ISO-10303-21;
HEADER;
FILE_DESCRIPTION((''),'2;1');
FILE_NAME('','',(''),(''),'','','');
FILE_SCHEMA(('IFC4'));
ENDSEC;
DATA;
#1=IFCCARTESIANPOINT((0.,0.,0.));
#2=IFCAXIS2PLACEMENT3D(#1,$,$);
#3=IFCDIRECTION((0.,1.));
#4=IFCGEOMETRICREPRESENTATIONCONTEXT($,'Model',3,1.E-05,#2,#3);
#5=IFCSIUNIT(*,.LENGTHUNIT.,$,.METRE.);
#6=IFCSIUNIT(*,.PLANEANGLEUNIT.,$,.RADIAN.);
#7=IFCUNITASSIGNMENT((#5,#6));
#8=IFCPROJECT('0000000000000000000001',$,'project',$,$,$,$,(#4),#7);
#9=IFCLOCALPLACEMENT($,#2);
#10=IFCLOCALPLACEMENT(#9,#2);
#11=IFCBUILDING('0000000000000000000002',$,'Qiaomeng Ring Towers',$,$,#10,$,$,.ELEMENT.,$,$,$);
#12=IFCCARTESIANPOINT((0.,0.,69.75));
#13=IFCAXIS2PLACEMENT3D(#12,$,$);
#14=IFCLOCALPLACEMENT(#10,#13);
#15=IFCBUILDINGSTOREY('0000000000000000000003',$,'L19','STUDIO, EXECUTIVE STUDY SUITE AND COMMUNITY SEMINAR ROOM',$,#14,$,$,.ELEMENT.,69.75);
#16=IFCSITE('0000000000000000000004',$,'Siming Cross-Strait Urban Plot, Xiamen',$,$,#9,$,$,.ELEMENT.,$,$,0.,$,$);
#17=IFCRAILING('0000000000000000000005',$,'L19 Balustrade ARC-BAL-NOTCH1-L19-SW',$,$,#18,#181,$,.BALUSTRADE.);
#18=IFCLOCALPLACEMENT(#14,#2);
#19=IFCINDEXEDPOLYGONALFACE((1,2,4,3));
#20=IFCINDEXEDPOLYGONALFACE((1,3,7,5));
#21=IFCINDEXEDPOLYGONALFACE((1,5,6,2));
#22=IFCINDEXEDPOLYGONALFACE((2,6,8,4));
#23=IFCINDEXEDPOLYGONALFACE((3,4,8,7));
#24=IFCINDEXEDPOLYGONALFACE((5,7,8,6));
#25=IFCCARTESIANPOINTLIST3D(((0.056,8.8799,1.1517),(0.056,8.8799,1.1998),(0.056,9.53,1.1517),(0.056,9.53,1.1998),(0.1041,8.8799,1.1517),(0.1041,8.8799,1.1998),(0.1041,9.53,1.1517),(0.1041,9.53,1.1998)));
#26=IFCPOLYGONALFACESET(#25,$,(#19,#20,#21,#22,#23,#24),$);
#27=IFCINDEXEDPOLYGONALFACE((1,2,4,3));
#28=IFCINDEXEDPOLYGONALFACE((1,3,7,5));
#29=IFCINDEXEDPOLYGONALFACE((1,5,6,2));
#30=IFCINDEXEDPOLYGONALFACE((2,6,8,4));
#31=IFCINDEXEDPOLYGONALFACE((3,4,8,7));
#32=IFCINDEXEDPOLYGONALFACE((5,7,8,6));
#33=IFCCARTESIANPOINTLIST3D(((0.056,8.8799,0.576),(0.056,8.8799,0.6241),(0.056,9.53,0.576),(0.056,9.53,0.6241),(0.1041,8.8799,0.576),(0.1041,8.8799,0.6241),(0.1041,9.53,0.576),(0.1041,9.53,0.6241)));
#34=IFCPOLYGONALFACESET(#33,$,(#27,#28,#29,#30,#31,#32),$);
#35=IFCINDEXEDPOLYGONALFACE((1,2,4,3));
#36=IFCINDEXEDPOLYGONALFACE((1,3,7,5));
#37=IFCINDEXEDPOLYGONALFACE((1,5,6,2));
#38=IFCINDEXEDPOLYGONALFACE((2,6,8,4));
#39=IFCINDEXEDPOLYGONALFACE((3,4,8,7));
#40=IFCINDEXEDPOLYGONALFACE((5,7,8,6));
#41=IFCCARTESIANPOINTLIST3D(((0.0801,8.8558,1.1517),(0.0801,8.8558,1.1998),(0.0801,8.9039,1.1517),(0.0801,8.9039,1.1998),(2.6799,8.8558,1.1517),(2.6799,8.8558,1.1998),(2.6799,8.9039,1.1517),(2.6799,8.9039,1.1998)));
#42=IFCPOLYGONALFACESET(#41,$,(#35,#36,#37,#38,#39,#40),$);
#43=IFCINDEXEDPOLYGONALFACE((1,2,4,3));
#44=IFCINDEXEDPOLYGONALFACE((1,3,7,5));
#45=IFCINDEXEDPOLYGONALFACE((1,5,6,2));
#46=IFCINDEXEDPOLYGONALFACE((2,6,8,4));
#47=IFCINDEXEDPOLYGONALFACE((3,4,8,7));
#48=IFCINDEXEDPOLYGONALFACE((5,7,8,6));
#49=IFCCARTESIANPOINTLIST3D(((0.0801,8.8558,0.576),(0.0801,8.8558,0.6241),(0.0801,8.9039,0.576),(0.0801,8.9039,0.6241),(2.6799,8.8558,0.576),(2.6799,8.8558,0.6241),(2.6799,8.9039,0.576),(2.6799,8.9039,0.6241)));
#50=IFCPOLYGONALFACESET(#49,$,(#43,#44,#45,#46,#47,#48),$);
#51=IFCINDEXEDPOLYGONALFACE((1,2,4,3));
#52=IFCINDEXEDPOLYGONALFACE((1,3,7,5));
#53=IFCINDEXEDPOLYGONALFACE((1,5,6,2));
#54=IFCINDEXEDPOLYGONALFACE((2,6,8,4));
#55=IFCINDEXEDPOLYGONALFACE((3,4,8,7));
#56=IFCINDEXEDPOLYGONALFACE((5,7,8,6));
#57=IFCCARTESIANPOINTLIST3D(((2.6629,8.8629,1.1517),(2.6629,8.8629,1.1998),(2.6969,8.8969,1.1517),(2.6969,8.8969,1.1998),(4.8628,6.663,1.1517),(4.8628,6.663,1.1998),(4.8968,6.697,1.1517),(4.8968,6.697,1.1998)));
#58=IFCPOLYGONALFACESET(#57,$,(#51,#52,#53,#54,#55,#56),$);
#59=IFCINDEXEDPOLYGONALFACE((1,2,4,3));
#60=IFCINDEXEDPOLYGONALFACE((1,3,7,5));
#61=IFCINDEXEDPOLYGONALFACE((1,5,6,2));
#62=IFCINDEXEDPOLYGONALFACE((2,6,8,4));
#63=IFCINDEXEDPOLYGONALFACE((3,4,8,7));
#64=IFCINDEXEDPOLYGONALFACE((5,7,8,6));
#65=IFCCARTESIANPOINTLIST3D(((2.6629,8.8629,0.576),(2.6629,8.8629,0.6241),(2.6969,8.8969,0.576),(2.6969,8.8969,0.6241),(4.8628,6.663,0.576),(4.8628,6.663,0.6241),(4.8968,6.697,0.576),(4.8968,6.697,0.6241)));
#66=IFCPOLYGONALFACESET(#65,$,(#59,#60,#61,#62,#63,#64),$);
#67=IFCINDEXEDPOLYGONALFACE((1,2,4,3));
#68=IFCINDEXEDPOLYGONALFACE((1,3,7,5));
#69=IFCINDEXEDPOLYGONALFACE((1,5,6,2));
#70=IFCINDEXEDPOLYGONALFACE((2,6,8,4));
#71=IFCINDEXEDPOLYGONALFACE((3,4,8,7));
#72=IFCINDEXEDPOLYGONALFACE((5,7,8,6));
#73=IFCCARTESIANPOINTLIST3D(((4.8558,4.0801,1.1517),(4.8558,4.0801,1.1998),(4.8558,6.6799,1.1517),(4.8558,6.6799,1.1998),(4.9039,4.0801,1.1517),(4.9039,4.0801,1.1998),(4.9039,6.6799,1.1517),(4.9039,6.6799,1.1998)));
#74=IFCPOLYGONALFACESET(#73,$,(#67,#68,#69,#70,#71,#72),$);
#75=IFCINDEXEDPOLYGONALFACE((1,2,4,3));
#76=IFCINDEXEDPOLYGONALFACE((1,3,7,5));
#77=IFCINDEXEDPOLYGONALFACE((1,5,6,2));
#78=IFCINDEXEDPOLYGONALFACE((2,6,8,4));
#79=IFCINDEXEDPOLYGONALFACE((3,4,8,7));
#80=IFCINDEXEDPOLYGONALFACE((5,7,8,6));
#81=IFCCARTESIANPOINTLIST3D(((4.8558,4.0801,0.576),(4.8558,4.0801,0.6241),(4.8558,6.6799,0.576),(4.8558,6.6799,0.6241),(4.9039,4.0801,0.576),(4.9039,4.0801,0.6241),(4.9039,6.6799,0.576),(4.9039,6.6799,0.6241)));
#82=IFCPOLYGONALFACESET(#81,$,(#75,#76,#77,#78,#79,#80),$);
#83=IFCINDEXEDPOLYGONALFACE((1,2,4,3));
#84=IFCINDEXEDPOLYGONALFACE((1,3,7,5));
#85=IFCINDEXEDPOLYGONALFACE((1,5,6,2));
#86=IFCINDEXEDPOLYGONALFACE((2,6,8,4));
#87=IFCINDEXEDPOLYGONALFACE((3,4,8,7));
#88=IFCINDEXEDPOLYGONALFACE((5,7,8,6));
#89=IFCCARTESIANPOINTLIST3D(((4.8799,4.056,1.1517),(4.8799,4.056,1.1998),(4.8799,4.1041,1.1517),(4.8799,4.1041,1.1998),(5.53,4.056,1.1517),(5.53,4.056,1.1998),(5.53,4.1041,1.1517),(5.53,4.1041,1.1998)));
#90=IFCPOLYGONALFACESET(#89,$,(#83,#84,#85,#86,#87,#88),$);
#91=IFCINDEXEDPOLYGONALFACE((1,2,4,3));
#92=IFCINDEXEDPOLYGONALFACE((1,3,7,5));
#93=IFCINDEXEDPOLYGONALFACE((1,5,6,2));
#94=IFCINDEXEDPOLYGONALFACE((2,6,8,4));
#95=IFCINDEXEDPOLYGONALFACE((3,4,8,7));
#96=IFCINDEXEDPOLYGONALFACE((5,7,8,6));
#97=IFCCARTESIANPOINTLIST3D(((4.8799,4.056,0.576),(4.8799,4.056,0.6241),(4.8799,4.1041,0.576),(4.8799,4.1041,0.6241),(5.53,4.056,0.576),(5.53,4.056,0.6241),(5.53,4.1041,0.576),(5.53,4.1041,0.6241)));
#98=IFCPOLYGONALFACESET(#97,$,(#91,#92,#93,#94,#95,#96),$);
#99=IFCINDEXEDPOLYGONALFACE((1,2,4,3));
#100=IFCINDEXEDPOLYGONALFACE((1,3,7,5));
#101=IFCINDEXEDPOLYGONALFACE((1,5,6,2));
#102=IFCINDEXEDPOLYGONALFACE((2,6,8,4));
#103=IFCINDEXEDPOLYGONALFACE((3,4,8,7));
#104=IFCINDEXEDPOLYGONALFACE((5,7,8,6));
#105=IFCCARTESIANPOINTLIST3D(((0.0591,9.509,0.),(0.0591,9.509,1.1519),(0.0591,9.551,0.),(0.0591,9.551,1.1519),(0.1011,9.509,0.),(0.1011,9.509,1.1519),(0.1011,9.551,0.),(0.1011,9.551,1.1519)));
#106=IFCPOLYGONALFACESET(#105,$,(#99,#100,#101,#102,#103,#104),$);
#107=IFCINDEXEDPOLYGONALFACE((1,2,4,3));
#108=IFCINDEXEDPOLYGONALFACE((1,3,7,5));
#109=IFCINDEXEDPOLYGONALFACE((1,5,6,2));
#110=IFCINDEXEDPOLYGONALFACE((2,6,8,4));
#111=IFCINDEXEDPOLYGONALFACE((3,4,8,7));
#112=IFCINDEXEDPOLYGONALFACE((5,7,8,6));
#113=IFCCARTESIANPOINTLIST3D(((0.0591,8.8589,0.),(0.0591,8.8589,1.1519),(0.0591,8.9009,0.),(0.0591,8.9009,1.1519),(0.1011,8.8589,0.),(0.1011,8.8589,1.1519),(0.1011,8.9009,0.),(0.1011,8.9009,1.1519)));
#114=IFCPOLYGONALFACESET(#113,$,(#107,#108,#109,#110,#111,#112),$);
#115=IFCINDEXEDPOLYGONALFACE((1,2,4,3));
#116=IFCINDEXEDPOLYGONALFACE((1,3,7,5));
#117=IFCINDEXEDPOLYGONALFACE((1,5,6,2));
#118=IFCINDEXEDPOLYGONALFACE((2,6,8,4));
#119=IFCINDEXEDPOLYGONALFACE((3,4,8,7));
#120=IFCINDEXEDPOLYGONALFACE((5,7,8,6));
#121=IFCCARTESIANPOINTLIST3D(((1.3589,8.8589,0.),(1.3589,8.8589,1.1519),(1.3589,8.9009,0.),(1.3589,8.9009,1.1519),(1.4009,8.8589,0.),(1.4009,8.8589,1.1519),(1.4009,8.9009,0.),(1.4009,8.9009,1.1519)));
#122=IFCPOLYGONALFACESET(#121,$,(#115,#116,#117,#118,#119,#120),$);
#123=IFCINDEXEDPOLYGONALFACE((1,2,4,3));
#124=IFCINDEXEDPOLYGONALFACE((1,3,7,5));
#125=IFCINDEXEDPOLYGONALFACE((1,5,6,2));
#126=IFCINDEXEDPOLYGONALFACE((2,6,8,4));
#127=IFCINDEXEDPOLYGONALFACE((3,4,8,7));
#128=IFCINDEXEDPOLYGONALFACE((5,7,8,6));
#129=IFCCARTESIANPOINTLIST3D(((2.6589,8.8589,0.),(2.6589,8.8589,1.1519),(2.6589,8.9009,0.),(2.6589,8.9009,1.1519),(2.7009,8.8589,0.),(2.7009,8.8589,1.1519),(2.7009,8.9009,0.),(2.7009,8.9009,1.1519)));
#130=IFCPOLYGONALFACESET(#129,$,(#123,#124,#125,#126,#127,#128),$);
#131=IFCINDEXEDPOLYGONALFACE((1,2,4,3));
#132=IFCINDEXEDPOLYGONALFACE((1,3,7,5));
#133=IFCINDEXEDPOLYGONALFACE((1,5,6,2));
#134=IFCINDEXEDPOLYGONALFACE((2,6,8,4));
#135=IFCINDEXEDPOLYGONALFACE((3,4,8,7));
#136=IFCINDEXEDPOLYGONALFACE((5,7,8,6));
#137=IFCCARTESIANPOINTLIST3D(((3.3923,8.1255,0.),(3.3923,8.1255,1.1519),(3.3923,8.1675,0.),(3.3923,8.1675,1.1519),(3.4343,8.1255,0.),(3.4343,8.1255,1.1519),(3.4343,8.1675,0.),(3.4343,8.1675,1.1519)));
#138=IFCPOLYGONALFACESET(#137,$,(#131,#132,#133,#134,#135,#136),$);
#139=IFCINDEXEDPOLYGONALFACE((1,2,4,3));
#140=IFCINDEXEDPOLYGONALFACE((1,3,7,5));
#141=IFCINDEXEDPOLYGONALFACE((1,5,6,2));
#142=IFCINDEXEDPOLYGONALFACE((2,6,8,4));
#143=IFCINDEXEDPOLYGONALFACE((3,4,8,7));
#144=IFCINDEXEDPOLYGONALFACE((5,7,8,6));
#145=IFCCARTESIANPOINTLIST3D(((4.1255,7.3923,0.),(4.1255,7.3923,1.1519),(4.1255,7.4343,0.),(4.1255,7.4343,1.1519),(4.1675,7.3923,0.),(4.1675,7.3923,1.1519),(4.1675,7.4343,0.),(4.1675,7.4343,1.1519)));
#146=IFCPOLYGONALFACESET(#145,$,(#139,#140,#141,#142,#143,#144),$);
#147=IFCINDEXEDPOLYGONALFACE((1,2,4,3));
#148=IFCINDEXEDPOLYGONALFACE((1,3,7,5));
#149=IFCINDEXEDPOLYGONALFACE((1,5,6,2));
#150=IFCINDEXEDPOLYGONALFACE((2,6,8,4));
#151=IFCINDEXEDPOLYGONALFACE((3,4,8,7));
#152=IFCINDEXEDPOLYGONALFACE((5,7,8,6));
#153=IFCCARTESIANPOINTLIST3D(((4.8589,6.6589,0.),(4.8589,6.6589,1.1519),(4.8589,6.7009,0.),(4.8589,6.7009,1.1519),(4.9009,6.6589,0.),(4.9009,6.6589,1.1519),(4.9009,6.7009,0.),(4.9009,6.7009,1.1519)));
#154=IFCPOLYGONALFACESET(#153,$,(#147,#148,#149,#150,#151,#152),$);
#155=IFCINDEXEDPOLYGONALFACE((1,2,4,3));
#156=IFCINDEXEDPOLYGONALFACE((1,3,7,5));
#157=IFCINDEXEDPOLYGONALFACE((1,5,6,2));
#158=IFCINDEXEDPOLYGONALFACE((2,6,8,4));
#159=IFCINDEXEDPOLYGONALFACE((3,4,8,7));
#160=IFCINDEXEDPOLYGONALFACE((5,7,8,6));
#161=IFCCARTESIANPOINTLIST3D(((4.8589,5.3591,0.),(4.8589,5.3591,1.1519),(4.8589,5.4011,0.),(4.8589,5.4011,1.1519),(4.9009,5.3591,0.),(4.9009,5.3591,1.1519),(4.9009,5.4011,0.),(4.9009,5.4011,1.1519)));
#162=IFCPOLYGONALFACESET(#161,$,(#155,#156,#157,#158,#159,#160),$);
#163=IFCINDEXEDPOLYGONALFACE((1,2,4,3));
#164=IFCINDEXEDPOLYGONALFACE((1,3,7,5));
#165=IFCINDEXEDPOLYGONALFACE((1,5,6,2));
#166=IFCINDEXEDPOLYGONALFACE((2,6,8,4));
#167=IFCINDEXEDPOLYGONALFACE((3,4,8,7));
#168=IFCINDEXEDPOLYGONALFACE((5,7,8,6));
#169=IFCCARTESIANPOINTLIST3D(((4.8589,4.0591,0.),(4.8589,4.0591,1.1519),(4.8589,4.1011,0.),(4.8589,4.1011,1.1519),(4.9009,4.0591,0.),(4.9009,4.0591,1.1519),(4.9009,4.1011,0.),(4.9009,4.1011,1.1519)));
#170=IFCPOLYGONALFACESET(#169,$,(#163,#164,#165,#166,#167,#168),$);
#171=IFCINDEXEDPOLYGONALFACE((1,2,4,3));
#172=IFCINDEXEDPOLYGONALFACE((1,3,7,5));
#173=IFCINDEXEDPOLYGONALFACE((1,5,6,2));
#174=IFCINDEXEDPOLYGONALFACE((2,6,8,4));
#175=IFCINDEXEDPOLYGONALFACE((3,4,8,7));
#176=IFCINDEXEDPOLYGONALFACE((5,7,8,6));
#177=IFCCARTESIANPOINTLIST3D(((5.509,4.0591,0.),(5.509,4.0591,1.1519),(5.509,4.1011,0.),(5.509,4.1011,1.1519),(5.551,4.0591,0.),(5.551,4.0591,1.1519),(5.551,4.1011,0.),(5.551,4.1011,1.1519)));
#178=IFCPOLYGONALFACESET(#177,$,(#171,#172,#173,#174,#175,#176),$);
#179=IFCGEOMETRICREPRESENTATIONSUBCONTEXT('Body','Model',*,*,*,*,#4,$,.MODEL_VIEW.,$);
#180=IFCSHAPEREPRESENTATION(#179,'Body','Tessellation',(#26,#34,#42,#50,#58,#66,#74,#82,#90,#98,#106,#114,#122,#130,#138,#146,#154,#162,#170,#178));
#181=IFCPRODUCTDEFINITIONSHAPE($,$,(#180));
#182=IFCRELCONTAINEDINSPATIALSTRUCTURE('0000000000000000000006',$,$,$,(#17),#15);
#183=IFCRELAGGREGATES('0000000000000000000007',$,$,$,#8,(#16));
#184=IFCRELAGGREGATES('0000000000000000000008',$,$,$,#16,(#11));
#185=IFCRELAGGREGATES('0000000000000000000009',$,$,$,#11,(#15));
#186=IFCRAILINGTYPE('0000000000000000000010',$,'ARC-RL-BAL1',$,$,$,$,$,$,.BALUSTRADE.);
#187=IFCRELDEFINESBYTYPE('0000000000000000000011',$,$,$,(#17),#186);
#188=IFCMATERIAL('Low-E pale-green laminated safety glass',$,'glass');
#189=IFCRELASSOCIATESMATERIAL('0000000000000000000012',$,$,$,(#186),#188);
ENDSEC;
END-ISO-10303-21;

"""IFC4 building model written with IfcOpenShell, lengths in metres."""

from ifc_helpers import new_model, si_unit, direction, frame, origin, origin_2d, place, context, subcontext, project, spatial, rectangle, extrude, material, type_object, element, save


model = new_model("IFC4")

# Units and contexts
model_context = context("Model", 3, precision=1e-05, world=origin(), true_north=direction((0.0, 1.0)))
body_context = subcontext(model_context, "Body", "Model", "MODEL_VIEW")
ifc_project = project(units=[si_unit("LENGTHUNIT", "METRE"), si_unit("PLANEANGLEUNIT", "RADIAN")], contexts=[model_context])

# Site, building, storey
site_placement = place(None, origin())
site = spatial("IfcSite", under=ifc_project, at=site_placement, Name="Siming Cross-Strait Urban Plot, Xiamen", CompositionType="ELEMENT", RefElevation=0.0)
building_placement = place(site_placement, origin())
building = spatial("IfcBuilding", under=site, at=building_placement, Name="Qiaomeng Ring Towers", CompositionType="ELEMENT")
storey_placement = place(building_placement, frame((0.0, 0.0, 69.75)))
storey = spatial("IfcBuildingStorey", under=building, at=storey_placement, Name="L19", Description="STUDIO, EXECUTIVE STUDY SUITE AND COMMUNITY SEMINAR ROOM", CompositionType="ELEMENT", Elevation=69.75)

# Railing
ifc_material_1 = material(Name="Low-E pale-green laminated safety glass", Category="glass")
railing_type = type_object("IfcRailingType", Name="ARC-RL-BAL1", PredefinedType="BALUSTRADE", material=ifc_material_1)
railing_1_placement = place(storey_placement, frame((0.0801, 9.53, 0.0)))
element("IfcRailing", 1, at=railing_1_placement, inside=storey, type_object=railing_type, Name="L19 Balustrade ARC-BAL-NOTCH1-L19-SW", PredefinedType="BALUSTRADE", context=body_context, shape_type="SweptSolid", body=[
    extrude(rectangle(XDim=0.0481, YDim=0.0481, at=origin_2d()), frame((0.0, 0.0, 1.1758), z_axis=(0.0, -1.0, 0.0), x_axis=(1.0, 0.0, 0.0)), (0.0, 0.0, 1.0), 0.6501),
    extrude(rectangle(XDim=0.0481, YDim=0.0481, at=origin_2d()), frame((0.0, 0.0, 0.6001), z_axis=(0.0, -1.0, 0.0), x_axis=(1.0, 0.0, 0.0)), (0.0, 0.0, 1.0), 0.6501),
    extrude(rectangle(XDim=0.0481, YDim=0.0481, at=origin_2d()), frame((0.0, -0.6501, 1.1758), z_axis=(1.0, 0.0, 0.0), x_axis=(0.0, 1.0, 0.0)), (0.0, 0.0, 1.0), 2.5999),
    extrude(rectangle(XDim=0.0481, YDim=0.0481, at=origin_2d()), frame((0.0, -0.6501, 0.6001), z_axis=(1.0, 0.0, 0.0), x_axis=(0.0, 1.0, 0.0)), (0.0, 0.0, 1.0), 2.5999),
    extrude(rectangle(XDim=0.0481, YDim=0.0481, at=origin_2d()), frame((2.5999, -0.6501, 1.1758), z_axis=(0.707107, -0.707107, 0.0), x_axis=(0.707107, 0.707107, 0.0)), (0.0, 0.0, 1.0), 3.1111),
    extrude(rectangle(XDim=0.0481, YDim=0.0481, at=origin_2d()), frame((2.5999, -0.6501, 0.6001), z_axis=(0.707107, -0.707107, 0.0), x_axis=(0.707107, 0.707107, 0.0)), (0.0, 0.0, 1.0), 3.1111),
    extrude(rectangle(XDim=0.0481, YDim=0.0481, at=origin_2d()), frame((4.7998, -2.8501, 1.1758), z_axis=(0.0, -1.0, 0.0), x_axis=(1.0, 0.0, 0.0)), (0.0, 0.0, 1.0), 2.5999),
    extrude(rectangle(XDim=0.0481, YDim=0.0481, at=origin_2d()), frame((4.7998, -2.8501, 0.6001), z_axis=(0.0, -1.0, 0.0), x_axis=(1.0, 0.0, 0.0)), (0.0, 0.0, 1.0), 2.5999),
    extrude(rectangle(XDim=0.0481, YDim=0.0481, at=origin_2d()), frame((4.7998, -5.45, 1.1758), z_axis=(1.0, 0.0, 0.0), x_axis=(0.0, 1.0, 0.0)), (0.0, 0.0, 1.0), 0.6501),
    extrude(rectangle(XDim=0.0481, YDim=0.0481, at=origin_2d()), frame((4.7998, -5.45, 0.6001), z_axis=(1.0, 0.0, 0.0), x_axis=(0.0, 1.0, 0.0)), (0.0, 0.0, 1.0), 0.6501),
    extrude(rectangle(XDim=0.042, YDim=0.042, at=origin_2d()), origin(), (0.0, 0.0, 1.0), 1.1519),
    extrude(rectangle(XDim=0.042, YDim=0.042, at=origin_2d()), frame((0.0, -0.6501, 0.0)), (0.0, 0.0, 1.0), 1.1519),
    extrude(rectangle(XDim=0.042, YDim=0.042, at=origin_2d()), frame((1.2998, -0.6501, 0.0)), (0.0, 0.0, 1.0), 1.1519),
    extrude(rectangle(XDim=0.042, YDim=0.042, at=origin_2d()), frame((2.5999, -0.6501, 0.0)), (0.0, 0.0, 1.0), 1.1519),
    extrude(rectangle(XDim=0.042, YDim=0.042, at=origin_2d()), frame((3.3333, -1.3835, 0.0)), (0.0, 0.0, 1.0), 1.1519),
    extrude(rectangle(XDim=0.042, YDim=0.042, at=origin_2d()), frame((4.0664, -2.1167, 0.0)), (0.0, 0.0, 1.0), 1.1519),
    extrude(rectangle(XDim=0.042, YDim=0.042, at=origin_2d()), frame((4.7998, -2.8501, 0.0)), (0.0, 0.0, 1.0), 1.1519),
    extrude(rectangle(XDim=0.042, YDim=0.042, at=origin_2d()), frame((4.7998, -4.1499, 0.0)), (0.0, 0.0, 1.0), 1.1519),
    extrude(rectangle(XDim=0.042, YDim=0.042, at=origin_2d()), frame((4.7998, -5.45, 0.0)), (0.0, 0.0, 1.0), 1.1519),
    extrude(rectangle(XDim=0.042, YDim=0.042, at=origin_2d()), frame((5.45, -5.45, 0.0)), (0.0, 0.0, 1.0), 1.1519),
])

save(model, "model.ifc")
